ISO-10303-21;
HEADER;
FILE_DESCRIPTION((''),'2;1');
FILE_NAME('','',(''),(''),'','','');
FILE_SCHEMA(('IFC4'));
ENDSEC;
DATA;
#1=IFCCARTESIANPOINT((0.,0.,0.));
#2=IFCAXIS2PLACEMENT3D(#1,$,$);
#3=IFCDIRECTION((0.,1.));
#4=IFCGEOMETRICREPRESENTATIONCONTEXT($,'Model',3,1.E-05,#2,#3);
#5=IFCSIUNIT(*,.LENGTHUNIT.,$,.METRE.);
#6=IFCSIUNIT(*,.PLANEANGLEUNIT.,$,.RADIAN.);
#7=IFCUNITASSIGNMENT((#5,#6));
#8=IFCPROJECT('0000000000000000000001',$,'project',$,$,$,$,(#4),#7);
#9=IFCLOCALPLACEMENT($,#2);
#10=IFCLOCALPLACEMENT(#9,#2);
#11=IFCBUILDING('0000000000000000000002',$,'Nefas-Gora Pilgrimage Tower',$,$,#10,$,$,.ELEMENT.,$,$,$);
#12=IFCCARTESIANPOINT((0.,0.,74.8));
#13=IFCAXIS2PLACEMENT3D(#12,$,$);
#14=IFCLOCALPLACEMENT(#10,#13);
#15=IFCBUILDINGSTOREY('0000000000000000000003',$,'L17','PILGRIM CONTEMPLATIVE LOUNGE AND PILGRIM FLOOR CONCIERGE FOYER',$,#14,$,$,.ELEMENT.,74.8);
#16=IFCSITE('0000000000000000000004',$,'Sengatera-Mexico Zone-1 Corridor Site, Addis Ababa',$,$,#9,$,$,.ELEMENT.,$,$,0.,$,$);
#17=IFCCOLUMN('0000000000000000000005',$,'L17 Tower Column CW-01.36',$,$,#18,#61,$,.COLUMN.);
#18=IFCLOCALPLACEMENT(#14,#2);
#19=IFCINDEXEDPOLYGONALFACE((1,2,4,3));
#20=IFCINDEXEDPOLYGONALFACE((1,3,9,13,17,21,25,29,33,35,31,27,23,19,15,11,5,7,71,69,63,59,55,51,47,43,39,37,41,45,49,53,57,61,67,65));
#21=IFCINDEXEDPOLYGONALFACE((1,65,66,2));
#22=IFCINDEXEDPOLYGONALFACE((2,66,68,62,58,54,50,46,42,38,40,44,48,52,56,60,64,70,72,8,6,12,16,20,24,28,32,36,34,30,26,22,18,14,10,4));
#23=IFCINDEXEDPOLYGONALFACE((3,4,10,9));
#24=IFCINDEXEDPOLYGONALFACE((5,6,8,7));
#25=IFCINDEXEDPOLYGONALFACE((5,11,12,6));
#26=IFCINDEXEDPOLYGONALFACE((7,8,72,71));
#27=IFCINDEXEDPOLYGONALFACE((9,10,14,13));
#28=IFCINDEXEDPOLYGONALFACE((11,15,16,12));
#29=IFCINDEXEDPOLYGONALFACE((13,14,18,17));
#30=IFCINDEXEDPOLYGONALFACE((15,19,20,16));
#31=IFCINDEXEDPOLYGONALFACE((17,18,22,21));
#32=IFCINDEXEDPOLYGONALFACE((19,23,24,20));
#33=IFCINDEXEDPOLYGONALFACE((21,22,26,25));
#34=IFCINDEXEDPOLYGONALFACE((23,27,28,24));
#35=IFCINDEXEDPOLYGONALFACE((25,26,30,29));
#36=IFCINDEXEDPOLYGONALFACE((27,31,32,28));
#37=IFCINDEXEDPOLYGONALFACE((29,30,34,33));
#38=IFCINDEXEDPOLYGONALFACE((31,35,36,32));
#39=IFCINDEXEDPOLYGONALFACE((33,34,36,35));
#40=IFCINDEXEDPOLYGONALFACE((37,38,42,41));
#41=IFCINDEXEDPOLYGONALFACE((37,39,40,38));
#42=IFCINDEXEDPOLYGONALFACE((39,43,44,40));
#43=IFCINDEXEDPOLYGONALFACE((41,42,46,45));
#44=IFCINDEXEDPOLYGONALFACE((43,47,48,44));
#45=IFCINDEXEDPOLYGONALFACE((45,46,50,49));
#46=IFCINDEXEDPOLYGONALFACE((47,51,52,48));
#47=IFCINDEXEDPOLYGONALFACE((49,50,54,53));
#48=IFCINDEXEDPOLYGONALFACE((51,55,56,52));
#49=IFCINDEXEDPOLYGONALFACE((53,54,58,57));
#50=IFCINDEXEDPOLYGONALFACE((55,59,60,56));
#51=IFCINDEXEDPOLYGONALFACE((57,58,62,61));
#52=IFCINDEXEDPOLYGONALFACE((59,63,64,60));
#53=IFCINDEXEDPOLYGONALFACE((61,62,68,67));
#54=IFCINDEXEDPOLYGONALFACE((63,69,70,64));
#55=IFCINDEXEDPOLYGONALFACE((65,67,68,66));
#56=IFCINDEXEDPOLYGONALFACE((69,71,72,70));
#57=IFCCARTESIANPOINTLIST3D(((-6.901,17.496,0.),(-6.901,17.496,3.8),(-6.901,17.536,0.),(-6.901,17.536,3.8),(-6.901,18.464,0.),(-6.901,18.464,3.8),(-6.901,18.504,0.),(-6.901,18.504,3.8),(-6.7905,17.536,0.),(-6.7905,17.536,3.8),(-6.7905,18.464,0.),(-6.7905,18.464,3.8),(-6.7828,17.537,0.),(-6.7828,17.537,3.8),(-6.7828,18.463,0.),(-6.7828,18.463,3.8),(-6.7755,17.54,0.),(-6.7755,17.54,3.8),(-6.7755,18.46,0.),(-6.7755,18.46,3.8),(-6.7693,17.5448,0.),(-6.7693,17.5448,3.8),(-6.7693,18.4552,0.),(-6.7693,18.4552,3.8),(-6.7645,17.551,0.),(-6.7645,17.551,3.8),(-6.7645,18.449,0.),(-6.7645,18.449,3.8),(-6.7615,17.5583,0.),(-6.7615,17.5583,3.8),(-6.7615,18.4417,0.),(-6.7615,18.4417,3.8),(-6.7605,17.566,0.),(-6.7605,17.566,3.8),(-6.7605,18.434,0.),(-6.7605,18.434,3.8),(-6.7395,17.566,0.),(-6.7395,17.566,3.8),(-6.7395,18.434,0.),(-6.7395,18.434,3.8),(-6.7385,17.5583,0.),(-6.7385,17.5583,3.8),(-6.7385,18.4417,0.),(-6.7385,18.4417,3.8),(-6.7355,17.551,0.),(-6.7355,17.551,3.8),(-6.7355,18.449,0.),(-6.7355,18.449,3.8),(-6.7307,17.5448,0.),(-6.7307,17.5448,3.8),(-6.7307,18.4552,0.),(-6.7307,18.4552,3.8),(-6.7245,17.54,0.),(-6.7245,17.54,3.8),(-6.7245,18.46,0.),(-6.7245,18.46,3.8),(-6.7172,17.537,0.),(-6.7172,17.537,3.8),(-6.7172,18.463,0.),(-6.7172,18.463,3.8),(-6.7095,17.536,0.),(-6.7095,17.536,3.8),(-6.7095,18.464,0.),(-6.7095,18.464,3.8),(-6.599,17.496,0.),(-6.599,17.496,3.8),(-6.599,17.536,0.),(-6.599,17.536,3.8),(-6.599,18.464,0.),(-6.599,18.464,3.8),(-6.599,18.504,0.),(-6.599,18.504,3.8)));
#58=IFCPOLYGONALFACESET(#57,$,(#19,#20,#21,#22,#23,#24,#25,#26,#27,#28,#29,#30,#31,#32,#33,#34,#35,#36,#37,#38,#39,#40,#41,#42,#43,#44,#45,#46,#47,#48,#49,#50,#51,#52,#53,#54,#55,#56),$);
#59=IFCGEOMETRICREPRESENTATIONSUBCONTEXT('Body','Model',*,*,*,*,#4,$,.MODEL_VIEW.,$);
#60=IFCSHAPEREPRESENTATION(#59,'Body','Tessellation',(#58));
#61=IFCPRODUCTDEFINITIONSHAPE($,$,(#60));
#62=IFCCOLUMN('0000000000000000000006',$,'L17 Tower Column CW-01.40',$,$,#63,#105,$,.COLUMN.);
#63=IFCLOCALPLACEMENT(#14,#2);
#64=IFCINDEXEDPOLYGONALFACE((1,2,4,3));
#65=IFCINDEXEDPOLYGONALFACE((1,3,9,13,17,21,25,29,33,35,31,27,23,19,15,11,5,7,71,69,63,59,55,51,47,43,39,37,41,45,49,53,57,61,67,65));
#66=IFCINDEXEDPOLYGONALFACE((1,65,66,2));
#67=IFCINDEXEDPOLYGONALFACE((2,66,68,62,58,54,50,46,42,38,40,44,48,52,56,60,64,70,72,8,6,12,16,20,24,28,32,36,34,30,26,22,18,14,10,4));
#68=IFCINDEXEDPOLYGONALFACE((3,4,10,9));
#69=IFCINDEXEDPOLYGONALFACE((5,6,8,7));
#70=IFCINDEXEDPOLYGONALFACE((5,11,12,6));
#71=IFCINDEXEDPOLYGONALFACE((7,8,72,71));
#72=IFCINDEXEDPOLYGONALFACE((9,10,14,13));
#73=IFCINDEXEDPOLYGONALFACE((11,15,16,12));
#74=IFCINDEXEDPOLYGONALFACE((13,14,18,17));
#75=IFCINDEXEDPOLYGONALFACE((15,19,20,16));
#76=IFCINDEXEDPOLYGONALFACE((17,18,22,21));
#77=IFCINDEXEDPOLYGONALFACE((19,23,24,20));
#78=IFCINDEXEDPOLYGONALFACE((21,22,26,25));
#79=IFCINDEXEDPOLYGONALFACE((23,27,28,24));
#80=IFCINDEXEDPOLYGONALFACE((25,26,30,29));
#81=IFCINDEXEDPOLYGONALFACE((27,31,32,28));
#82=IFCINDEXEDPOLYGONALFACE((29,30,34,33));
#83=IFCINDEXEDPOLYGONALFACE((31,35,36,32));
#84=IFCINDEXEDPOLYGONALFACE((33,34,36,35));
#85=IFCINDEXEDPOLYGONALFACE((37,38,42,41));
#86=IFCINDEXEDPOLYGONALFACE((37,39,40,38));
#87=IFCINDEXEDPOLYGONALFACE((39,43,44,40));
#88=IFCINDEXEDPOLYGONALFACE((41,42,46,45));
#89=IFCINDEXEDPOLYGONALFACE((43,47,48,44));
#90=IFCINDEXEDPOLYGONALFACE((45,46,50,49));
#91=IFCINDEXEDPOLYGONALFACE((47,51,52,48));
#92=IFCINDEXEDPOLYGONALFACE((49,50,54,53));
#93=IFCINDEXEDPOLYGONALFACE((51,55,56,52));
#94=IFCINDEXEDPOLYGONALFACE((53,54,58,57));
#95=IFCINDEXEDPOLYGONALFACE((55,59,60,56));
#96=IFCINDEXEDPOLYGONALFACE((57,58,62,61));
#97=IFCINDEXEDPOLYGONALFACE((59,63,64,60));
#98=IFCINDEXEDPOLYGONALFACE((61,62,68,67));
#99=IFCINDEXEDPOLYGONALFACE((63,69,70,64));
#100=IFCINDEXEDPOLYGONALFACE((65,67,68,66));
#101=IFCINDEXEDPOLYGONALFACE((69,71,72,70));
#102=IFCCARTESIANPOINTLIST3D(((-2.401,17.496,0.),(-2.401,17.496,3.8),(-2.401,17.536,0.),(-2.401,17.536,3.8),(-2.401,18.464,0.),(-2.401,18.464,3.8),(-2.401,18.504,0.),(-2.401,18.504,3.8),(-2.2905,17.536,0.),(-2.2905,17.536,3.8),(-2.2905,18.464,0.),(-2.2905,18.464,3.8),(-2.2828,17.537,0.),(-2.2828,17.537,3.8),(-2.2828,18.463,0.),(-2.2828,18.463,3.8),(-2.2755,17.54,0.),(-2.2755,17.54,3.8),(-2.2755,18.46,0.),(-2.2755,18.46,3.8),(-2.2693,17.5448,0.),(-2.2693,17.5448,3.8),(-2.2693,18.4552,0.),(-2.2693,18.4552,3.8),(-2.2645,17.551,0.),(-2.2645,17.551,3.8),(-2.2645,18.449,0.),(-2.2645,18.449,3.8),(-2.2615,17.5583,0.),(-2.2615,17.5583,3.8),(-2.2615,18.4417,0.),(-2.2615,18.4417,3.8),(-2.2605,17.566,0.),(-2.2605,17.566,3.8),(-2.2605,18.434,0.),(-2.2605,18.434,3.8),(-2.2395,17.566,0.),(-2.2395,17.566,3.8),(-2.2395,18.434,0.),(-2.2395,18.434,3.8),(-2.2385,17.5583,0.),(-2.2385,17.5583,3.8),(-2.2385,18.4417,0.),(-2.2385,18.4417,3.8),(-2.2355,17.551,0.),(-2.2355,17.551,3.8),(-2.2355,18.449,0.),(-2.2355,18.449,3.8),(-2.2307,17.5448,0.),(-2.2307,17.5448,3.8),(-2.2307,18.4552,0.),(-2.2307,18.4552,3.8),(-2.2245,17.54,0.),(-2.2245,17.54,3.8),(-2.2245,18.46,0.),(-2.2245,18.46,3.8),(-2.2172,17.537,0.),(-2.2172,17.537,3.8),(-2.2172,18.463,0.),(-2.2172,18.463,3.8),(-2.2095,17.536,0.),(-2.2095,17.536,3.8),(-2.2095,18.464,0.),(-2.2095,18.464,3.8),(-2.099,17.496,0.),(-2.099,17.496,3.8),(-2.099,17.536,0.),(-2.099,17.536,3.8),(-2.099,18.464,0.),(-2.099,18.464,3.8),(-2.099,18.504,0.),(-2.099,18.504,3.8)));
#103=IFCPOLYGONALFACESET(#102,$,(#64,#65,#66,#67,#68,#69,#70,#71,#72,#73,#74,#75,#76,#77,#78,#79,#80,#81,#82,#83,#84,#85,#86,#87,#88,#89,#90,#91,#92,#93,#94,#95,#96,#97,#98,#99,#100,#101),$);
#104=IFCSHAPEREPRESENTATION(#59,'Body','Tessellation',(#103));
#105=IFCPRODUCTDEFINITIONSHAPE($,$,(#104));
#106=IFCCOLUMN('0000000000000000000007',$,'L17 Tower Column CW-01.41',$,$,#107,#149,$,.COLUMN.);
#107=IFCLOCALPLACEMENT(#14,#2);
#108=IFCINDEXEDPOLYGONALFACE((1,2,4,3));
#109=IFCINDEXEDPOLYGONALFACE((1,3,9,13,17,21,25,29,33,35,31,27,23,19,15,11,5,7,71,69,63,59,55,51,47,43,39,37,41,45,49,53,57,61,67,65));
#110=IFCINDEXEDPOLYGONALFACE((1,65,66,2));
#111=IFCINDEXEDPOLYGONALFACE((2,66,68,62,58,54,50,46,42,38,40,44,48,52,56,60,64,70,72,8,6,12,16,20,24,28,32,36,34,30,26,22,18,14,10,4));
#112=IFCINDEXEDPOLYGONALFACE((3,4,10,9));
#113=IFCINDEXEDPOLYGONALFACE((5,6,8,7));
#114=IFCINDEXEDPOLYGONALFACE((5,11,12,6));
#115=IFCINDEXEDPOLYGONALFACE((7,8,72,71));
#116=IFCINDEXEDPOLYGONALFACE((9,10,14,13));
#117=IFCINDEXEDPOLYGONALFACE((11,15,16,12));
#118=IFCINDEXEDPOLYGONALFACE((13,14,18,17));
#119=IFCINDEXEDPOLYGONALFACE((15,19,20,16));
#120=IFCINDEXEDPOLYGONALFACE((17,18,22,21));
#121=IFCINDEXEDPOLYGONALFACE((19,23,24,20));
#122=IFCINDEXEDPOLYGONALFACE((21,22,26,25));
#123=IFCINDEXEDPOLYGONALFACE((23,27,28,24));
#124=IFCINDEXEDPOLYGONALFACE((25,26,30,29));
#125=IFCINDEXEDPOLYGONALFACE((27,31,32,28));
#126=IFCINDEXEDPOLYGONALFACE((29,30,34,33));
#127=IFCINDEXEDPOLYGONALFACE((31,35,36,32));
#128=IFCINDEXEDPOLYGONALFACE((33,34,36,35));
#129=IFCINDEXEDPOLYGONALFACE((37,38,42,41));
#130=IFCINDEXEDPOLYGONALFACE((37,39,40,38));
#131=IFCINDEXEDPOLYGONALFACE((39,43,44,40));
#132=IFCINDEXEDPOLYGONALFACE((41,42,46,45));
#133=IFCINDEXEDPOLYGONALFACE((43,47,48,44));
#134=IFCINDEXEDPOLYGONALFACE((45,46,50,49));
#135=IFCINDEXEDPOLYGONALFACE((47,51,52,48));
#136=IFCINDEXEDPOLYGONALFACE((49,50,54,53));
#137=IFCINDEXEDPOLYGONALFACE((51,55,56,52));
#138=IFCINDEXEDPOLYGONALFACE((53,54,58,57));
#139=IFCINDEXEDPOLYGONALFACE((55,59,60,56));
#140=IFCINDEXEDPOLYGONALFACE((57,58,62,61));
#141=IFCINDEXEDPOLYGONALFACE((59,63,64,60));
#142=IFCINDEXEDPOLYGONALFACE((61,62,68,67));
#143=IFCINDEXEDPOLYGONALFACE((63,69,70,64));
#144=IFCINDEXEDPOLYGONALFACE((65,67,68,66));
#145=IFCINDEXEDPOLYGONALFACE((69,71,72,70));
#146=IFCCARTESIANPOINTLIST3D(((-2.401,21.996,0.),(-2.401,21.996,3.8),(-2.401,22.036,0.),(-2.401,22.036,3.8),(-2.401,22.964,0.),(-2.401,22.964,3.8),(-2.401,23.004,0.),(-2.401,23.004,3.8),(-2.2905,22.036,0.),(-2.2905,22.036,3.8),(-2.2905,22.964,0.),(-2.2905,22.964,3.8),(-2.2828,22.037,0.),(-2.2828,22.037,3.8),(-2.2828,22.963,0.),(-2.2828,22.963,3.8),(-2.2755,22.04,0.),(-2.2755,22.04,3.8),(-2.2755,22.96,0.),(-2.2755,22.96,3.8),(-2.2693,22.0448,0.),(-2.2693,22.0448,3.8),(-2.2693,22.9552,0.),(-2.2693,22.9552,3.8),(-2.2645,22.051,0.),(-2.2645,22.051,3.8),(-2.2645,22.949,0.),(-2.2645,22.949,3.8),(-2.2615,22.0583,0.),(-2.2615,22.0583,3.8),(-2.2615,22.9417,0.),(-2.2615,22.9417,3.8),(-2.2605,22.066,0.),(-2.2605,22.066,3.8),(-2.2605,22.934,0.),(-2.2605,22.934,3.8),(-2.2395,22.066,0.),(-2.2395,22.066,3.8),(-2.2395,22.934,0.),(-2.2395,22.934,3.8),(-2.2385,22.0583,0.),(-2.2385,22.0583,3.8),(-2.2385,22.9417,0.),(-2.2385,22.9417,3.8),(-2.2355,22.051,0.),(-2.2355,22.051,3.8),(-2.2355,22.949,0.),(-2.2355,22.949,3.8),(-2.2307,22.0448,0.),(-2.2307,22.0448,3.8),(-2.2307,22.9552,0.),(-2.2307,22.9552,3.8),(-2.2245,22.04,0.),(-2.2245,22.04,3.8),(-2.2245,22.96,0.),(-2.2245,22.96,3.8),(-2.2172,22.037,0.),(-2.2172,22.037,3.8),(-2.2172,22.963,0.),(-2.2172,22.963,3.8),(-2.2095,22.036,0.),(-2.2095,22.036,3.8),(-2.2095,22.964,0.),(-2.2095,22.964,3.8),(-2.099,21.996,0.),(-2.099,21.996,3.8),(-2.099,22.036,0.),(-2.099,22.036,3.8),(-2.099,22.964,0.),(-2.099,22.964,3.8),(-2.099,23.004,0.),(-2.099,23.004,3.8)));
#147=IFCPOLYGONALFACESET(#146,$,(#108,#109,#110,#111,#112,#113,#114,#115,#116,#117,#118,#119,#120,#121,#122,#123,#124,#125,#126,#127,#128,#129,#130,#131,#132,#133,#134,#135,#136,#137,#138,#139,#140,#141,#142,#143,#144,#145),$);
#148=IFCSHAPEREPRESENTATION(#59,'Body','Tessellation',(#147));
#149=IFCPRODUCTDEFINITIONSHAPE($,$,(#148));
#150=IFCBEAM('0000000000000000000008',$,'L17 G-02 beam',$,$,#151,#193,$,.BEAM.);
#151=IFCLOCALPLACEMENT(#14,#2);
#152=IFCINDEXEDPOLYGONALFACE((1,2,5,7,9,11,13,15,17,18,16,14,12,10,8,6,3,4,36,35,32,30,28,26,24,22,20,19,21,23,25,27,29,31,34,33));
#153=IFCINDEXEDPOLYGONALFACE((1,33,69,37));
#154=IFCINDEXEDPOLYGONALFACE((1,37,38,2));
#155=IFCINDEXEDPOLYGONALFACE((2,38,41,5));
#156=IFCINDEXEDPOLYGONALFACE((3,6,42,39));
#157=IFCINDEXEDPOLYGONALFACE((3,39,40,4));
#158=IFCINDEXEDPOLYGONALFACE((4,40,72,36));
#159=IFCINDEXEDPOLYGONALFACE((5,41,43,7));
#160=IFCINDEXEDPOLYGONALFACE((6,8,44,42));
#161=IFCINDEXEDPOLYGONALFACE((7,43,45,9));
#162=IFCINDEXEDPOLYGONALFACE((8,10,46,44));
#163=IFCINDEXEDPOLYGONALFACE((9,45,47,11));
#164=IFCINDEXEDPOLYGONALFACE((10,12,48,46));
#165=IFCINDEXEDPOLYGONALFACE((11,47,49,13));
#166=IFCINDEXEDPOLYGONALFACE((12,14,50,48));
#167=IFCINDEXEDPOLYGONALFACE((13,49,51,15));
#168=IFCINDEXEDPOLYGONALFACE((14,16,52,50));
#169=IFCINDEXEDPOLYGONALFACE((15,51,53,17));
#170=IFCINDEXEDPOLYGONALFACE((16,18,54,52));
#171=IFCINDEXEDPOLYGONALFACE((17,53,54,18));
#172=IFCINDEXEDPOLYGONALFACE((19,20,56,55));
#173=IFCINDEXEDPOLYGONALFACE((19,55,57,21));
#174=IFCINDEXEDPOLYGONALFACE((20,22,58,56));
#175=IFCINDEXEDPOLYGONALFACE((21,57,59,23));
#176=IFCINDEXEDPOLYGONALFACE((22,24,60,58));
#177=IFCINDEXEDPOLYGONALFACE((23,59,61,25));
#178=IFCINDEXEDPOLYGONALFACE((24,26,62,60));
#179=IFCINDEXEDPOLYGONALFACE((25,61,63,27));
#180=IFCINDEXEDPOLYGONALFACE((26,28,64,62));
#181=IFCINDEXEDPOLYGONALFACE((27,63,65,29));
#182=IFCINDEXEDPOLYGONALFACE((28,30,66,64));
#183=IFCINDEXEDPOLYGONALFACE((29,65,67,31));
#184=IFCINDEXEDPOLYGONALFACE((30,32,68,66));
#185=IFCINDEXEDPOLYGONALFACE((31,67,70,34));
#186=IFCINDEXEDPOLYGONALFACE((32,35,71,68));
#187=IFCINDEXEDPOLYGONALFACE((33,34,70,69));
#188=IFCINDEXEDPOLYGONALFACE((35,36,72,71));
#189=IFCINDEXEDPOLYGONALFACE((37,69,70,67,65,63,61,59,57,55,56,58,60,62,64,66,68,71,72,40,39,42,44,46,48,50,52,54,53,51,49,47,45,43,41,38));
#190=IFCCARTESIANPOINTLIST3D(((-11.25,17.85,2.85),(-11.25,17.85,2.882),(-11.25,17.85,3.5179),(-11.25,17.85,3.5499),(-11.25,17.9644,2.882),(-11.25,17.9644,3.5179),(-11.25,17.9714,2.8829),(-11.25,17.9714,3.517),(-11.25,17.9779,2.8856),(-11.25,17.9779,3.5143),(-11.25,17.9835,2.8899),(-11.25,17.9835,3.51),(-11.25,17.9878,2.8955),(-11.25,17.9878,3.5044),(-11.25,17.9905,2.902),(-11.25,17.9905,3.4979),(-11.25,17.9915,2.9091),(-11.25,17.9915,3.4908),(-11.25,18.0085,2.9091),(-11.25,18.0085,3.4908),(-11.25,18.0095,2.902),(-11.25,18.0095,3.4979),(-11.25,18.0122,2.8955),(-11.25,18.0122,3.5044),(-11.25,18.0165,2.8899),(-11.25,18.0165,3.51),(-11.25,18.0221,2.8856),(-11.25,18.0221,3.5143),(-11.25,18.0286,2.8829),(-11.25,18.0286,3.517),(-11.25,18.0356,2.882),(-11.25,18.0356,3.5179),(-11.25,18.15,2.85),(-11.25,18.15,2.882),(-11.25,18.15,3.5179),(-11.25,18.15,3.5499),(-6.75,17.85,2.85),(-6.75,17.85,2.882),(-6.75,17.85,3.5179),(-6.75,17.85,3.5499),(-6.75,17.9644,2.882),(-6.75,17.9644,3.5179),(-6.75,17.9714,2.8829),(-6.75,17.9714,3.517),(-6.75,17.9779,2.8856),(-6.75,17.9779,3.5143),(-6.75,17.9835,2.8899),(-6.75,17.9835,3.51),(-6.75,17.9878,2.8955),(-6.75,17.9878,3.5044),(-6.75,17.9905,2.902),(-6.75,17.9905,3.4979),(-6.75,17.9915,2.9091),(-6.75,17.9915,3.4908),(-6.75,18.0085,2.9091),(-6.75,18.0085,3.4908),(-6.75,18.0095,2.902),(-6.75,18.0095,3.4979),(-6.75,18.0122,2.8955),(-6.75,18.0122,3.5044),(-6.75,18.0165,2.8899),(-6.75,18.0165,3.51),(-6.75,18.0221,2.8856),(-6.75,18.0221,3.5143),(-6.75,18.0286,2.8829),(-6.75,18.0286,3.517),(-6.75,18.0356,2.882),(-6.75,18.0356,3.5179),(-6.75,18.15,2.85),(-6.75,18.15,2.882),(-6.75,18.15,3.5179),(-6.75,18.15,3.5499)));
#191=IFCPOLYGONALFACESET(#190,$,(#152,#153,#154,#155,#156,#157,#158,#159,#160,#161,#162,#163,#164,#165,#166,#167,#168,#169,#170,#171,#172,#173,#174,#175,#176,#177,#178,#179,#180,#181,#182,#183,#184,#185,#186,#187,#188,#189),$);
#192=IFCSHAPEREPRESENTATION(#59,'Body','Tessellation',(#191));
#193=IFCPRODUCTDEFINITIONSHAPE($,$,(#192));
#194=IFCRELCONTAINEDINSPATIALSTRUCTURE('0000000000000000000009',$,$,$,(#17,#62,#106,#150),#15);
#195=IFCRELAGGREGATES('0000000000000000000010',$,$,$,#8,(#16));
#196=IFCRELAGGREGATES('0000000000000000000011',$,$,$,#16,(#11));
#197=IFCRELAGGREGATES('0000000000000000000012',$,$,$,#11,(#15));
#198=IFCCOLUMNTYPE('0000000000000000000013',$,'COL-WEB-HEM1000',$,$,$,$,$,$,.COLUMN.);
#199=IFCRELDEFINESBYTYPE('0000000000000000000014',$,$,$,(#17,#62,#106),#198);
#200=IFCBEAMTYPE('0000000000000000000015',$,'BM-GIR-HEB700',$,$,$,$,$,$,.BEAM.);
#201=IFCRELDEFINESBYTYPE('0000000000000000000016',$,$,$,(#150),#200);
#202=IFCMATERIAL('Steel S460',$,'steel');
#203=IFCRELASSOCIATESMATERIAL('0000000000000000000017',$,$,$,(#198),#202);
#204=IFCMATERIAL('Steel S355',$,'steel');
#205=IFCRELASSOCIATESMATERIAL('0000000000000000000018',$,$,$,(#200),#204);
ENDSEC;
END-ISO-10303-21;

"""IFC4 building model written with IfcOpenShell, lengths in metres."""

from ifc_helpers import new_model, si_unit, direction, frame, origin, origin_2d, place, context, subcontext, project, spatial, i_section, extrude, source, transform, mapped, material, material_profile, profile_set, type_object, element, save


model = new_model("IFC4")

# Units and contexts
model_context = context("Model", 3, precision=1e-05, world=origin(), true_north=direction((0.0, 1.0)))
body_context = subcontext(model_context, "Body", "Model", "MODEL_VIEW")
ifc_project = project(units=[si_unit("LENGTHUNIT", "METRE"), si_unit("PLANEANGLEUNIT", "RADIAN")], contexts=[model_context])

# Site, building, storey
site_placement = place(None, origin())
site = spatial("IfcSite", under=ifc_project, at=site_placement, Name="Sengatera-Mexico Zone-1 Corridor Site, Addis Ababa", CompositionType="ELEMENT", RefElevation=0.0)
building_placement = place(site_placement, origin())
building = spatial("IfcBuilding", under=site, at=building_placement, Name="Nefas-Gora Pilgrimage Tower", CompositionType="ELEMENT")
storey_placement = place(building_placement, frame((0.0, 0.0, 74.8)))
storey = spatial("IfcBuildingStorey", under=building, at=storey_placement, Name="L17", Description="PILGRIM CONTEMPLATIVE LOUNGE AND PILGRIM FLOOR CONCIERGE FOYER", CompositionType="ELEMENT", Elevation=74.8)

# Columns
ifc_material_1 = material(Name="Steel S460", Category="steel")
ifc_material_profile_1 = material_profile(ifc_material_1, i_section(OverallWidth=0.302, OverallDepth=1.0081, WebThickness=0.021, FlangeThickness=0.04, FilletRadius=0.03, at=origin_2d()), Name="HEM 1000")
ifc_profile_set_1 = profile_set([ifc_material_profile_1], Name="Steel S460")
column_type_1 = type_object("IfcColumnType", Name="COL-WEB-HEM1000", PredefinedType="COLUMN", material=ifc_profile_set_1)
shared_shape_1 = source(origin(), body_context, "Body", "SweptSolid", [
    extrude(i_section(OverallWidth=0.302, OverallDepth=1.0081, WebThickness=0.021, FlangeThickness=0.04, FilletRadius=0.03, at=origin_2d()), origin(), (0.0, 0.0, 1.0), 3.8),
])
for number, where, z_axis, x_axis, name in (
    (1, (-6.75, 18.0, 0.0), (0.0, 0.0, 1.0), (1.0, 0.0, 0.0), "L17 Tower Column CW-01.36"),
    (2, (-2.25, 18.0, 0.0), (0.0, 0.0, 1.0), (1.0, 0.0, 0.0), "L17 Tower Column CW-01.40"),
    (3, (-2.25, 22.5, 0.0), (0.0, 0.0, 1.0), (1.0, 0.0, 0.0), "L17 Tower Column CW-01.41"),
):
    element("IfcColumn", number, at=place(storey_placement, frame(where, z_axis=z_axis, x_axis=x_axis)), inside=storey, type_object=column_type_1, Name=name, PredefinedType="COLUMN", context=body_context, shape_type="MappedRepresentation", body=[
        mapped(shared_shape_1, transform((0.0, 0.0, 0.0), x_axis=(1.0, 0.0, 0.0), y_axis=(0.0, 1.0, 0.0), z_axis=(0.0, 0.0, 1.0), scale=1.0)),
    ])

# Beam
ifc_material_2 = material(Name="Steel S355", Category="steel")
ifc_material_profile_2 = material_profile(ifc_material_2, i_section(OverallWidth=0.3, OverallDepth=0.7, WebThickness=0.0171, FlangeThickness=0.032, FilletRadius=0.0271, at=origin_2d()), Name="HEB 700")
ifc_profile_set_2 = profile_set([ifc_material_profile_2], Name="Steel S355")
beam_type = type_object("IfcBeamType", Name="BM-GIR-HEB700", PredefinedType="BEAM", material=ifc_profile_set_2)
shared_shape_2 = source(origin(), body_context, "Body", "SweptSolid", [
    extrude(i_section(OverallWidth=0.3, OverallDepth=0.7, WebThickness=0.0171, FlangeThickness=0.032, FilletRadius=0.0271, at=origin_2d()), origin(), (0.0, 0.0, 1.0), 4.5),
])
for number, where, z_axis, x_axis, name in (
    (4, (-11.25, 18.0, 3.2), (1.0, 0.0, 0.0), (0.0, 1.0, 0.0), "L17 G-02 beam"),
):
    element("IfcBeam", number, at=place(storey_placement, frame(where, z_axis=z_axis, x_axis=x_axis)), inside=storey, type_object=beam_type, Name=name, PredefinedType="BEAM", context=body_context, shape_type="MappedRepresentation", body=[
        mapped(shared_shape_2, transform((0.0, 0.0, 0.0), x_axis=(1.0, 0.0, 0.0), y_axis=(0.0, 1.0, 0.0), z_axis=(0.0, 0.0, 1.0), scale=1.0)),
    ])

save(model, "model.ifc")
